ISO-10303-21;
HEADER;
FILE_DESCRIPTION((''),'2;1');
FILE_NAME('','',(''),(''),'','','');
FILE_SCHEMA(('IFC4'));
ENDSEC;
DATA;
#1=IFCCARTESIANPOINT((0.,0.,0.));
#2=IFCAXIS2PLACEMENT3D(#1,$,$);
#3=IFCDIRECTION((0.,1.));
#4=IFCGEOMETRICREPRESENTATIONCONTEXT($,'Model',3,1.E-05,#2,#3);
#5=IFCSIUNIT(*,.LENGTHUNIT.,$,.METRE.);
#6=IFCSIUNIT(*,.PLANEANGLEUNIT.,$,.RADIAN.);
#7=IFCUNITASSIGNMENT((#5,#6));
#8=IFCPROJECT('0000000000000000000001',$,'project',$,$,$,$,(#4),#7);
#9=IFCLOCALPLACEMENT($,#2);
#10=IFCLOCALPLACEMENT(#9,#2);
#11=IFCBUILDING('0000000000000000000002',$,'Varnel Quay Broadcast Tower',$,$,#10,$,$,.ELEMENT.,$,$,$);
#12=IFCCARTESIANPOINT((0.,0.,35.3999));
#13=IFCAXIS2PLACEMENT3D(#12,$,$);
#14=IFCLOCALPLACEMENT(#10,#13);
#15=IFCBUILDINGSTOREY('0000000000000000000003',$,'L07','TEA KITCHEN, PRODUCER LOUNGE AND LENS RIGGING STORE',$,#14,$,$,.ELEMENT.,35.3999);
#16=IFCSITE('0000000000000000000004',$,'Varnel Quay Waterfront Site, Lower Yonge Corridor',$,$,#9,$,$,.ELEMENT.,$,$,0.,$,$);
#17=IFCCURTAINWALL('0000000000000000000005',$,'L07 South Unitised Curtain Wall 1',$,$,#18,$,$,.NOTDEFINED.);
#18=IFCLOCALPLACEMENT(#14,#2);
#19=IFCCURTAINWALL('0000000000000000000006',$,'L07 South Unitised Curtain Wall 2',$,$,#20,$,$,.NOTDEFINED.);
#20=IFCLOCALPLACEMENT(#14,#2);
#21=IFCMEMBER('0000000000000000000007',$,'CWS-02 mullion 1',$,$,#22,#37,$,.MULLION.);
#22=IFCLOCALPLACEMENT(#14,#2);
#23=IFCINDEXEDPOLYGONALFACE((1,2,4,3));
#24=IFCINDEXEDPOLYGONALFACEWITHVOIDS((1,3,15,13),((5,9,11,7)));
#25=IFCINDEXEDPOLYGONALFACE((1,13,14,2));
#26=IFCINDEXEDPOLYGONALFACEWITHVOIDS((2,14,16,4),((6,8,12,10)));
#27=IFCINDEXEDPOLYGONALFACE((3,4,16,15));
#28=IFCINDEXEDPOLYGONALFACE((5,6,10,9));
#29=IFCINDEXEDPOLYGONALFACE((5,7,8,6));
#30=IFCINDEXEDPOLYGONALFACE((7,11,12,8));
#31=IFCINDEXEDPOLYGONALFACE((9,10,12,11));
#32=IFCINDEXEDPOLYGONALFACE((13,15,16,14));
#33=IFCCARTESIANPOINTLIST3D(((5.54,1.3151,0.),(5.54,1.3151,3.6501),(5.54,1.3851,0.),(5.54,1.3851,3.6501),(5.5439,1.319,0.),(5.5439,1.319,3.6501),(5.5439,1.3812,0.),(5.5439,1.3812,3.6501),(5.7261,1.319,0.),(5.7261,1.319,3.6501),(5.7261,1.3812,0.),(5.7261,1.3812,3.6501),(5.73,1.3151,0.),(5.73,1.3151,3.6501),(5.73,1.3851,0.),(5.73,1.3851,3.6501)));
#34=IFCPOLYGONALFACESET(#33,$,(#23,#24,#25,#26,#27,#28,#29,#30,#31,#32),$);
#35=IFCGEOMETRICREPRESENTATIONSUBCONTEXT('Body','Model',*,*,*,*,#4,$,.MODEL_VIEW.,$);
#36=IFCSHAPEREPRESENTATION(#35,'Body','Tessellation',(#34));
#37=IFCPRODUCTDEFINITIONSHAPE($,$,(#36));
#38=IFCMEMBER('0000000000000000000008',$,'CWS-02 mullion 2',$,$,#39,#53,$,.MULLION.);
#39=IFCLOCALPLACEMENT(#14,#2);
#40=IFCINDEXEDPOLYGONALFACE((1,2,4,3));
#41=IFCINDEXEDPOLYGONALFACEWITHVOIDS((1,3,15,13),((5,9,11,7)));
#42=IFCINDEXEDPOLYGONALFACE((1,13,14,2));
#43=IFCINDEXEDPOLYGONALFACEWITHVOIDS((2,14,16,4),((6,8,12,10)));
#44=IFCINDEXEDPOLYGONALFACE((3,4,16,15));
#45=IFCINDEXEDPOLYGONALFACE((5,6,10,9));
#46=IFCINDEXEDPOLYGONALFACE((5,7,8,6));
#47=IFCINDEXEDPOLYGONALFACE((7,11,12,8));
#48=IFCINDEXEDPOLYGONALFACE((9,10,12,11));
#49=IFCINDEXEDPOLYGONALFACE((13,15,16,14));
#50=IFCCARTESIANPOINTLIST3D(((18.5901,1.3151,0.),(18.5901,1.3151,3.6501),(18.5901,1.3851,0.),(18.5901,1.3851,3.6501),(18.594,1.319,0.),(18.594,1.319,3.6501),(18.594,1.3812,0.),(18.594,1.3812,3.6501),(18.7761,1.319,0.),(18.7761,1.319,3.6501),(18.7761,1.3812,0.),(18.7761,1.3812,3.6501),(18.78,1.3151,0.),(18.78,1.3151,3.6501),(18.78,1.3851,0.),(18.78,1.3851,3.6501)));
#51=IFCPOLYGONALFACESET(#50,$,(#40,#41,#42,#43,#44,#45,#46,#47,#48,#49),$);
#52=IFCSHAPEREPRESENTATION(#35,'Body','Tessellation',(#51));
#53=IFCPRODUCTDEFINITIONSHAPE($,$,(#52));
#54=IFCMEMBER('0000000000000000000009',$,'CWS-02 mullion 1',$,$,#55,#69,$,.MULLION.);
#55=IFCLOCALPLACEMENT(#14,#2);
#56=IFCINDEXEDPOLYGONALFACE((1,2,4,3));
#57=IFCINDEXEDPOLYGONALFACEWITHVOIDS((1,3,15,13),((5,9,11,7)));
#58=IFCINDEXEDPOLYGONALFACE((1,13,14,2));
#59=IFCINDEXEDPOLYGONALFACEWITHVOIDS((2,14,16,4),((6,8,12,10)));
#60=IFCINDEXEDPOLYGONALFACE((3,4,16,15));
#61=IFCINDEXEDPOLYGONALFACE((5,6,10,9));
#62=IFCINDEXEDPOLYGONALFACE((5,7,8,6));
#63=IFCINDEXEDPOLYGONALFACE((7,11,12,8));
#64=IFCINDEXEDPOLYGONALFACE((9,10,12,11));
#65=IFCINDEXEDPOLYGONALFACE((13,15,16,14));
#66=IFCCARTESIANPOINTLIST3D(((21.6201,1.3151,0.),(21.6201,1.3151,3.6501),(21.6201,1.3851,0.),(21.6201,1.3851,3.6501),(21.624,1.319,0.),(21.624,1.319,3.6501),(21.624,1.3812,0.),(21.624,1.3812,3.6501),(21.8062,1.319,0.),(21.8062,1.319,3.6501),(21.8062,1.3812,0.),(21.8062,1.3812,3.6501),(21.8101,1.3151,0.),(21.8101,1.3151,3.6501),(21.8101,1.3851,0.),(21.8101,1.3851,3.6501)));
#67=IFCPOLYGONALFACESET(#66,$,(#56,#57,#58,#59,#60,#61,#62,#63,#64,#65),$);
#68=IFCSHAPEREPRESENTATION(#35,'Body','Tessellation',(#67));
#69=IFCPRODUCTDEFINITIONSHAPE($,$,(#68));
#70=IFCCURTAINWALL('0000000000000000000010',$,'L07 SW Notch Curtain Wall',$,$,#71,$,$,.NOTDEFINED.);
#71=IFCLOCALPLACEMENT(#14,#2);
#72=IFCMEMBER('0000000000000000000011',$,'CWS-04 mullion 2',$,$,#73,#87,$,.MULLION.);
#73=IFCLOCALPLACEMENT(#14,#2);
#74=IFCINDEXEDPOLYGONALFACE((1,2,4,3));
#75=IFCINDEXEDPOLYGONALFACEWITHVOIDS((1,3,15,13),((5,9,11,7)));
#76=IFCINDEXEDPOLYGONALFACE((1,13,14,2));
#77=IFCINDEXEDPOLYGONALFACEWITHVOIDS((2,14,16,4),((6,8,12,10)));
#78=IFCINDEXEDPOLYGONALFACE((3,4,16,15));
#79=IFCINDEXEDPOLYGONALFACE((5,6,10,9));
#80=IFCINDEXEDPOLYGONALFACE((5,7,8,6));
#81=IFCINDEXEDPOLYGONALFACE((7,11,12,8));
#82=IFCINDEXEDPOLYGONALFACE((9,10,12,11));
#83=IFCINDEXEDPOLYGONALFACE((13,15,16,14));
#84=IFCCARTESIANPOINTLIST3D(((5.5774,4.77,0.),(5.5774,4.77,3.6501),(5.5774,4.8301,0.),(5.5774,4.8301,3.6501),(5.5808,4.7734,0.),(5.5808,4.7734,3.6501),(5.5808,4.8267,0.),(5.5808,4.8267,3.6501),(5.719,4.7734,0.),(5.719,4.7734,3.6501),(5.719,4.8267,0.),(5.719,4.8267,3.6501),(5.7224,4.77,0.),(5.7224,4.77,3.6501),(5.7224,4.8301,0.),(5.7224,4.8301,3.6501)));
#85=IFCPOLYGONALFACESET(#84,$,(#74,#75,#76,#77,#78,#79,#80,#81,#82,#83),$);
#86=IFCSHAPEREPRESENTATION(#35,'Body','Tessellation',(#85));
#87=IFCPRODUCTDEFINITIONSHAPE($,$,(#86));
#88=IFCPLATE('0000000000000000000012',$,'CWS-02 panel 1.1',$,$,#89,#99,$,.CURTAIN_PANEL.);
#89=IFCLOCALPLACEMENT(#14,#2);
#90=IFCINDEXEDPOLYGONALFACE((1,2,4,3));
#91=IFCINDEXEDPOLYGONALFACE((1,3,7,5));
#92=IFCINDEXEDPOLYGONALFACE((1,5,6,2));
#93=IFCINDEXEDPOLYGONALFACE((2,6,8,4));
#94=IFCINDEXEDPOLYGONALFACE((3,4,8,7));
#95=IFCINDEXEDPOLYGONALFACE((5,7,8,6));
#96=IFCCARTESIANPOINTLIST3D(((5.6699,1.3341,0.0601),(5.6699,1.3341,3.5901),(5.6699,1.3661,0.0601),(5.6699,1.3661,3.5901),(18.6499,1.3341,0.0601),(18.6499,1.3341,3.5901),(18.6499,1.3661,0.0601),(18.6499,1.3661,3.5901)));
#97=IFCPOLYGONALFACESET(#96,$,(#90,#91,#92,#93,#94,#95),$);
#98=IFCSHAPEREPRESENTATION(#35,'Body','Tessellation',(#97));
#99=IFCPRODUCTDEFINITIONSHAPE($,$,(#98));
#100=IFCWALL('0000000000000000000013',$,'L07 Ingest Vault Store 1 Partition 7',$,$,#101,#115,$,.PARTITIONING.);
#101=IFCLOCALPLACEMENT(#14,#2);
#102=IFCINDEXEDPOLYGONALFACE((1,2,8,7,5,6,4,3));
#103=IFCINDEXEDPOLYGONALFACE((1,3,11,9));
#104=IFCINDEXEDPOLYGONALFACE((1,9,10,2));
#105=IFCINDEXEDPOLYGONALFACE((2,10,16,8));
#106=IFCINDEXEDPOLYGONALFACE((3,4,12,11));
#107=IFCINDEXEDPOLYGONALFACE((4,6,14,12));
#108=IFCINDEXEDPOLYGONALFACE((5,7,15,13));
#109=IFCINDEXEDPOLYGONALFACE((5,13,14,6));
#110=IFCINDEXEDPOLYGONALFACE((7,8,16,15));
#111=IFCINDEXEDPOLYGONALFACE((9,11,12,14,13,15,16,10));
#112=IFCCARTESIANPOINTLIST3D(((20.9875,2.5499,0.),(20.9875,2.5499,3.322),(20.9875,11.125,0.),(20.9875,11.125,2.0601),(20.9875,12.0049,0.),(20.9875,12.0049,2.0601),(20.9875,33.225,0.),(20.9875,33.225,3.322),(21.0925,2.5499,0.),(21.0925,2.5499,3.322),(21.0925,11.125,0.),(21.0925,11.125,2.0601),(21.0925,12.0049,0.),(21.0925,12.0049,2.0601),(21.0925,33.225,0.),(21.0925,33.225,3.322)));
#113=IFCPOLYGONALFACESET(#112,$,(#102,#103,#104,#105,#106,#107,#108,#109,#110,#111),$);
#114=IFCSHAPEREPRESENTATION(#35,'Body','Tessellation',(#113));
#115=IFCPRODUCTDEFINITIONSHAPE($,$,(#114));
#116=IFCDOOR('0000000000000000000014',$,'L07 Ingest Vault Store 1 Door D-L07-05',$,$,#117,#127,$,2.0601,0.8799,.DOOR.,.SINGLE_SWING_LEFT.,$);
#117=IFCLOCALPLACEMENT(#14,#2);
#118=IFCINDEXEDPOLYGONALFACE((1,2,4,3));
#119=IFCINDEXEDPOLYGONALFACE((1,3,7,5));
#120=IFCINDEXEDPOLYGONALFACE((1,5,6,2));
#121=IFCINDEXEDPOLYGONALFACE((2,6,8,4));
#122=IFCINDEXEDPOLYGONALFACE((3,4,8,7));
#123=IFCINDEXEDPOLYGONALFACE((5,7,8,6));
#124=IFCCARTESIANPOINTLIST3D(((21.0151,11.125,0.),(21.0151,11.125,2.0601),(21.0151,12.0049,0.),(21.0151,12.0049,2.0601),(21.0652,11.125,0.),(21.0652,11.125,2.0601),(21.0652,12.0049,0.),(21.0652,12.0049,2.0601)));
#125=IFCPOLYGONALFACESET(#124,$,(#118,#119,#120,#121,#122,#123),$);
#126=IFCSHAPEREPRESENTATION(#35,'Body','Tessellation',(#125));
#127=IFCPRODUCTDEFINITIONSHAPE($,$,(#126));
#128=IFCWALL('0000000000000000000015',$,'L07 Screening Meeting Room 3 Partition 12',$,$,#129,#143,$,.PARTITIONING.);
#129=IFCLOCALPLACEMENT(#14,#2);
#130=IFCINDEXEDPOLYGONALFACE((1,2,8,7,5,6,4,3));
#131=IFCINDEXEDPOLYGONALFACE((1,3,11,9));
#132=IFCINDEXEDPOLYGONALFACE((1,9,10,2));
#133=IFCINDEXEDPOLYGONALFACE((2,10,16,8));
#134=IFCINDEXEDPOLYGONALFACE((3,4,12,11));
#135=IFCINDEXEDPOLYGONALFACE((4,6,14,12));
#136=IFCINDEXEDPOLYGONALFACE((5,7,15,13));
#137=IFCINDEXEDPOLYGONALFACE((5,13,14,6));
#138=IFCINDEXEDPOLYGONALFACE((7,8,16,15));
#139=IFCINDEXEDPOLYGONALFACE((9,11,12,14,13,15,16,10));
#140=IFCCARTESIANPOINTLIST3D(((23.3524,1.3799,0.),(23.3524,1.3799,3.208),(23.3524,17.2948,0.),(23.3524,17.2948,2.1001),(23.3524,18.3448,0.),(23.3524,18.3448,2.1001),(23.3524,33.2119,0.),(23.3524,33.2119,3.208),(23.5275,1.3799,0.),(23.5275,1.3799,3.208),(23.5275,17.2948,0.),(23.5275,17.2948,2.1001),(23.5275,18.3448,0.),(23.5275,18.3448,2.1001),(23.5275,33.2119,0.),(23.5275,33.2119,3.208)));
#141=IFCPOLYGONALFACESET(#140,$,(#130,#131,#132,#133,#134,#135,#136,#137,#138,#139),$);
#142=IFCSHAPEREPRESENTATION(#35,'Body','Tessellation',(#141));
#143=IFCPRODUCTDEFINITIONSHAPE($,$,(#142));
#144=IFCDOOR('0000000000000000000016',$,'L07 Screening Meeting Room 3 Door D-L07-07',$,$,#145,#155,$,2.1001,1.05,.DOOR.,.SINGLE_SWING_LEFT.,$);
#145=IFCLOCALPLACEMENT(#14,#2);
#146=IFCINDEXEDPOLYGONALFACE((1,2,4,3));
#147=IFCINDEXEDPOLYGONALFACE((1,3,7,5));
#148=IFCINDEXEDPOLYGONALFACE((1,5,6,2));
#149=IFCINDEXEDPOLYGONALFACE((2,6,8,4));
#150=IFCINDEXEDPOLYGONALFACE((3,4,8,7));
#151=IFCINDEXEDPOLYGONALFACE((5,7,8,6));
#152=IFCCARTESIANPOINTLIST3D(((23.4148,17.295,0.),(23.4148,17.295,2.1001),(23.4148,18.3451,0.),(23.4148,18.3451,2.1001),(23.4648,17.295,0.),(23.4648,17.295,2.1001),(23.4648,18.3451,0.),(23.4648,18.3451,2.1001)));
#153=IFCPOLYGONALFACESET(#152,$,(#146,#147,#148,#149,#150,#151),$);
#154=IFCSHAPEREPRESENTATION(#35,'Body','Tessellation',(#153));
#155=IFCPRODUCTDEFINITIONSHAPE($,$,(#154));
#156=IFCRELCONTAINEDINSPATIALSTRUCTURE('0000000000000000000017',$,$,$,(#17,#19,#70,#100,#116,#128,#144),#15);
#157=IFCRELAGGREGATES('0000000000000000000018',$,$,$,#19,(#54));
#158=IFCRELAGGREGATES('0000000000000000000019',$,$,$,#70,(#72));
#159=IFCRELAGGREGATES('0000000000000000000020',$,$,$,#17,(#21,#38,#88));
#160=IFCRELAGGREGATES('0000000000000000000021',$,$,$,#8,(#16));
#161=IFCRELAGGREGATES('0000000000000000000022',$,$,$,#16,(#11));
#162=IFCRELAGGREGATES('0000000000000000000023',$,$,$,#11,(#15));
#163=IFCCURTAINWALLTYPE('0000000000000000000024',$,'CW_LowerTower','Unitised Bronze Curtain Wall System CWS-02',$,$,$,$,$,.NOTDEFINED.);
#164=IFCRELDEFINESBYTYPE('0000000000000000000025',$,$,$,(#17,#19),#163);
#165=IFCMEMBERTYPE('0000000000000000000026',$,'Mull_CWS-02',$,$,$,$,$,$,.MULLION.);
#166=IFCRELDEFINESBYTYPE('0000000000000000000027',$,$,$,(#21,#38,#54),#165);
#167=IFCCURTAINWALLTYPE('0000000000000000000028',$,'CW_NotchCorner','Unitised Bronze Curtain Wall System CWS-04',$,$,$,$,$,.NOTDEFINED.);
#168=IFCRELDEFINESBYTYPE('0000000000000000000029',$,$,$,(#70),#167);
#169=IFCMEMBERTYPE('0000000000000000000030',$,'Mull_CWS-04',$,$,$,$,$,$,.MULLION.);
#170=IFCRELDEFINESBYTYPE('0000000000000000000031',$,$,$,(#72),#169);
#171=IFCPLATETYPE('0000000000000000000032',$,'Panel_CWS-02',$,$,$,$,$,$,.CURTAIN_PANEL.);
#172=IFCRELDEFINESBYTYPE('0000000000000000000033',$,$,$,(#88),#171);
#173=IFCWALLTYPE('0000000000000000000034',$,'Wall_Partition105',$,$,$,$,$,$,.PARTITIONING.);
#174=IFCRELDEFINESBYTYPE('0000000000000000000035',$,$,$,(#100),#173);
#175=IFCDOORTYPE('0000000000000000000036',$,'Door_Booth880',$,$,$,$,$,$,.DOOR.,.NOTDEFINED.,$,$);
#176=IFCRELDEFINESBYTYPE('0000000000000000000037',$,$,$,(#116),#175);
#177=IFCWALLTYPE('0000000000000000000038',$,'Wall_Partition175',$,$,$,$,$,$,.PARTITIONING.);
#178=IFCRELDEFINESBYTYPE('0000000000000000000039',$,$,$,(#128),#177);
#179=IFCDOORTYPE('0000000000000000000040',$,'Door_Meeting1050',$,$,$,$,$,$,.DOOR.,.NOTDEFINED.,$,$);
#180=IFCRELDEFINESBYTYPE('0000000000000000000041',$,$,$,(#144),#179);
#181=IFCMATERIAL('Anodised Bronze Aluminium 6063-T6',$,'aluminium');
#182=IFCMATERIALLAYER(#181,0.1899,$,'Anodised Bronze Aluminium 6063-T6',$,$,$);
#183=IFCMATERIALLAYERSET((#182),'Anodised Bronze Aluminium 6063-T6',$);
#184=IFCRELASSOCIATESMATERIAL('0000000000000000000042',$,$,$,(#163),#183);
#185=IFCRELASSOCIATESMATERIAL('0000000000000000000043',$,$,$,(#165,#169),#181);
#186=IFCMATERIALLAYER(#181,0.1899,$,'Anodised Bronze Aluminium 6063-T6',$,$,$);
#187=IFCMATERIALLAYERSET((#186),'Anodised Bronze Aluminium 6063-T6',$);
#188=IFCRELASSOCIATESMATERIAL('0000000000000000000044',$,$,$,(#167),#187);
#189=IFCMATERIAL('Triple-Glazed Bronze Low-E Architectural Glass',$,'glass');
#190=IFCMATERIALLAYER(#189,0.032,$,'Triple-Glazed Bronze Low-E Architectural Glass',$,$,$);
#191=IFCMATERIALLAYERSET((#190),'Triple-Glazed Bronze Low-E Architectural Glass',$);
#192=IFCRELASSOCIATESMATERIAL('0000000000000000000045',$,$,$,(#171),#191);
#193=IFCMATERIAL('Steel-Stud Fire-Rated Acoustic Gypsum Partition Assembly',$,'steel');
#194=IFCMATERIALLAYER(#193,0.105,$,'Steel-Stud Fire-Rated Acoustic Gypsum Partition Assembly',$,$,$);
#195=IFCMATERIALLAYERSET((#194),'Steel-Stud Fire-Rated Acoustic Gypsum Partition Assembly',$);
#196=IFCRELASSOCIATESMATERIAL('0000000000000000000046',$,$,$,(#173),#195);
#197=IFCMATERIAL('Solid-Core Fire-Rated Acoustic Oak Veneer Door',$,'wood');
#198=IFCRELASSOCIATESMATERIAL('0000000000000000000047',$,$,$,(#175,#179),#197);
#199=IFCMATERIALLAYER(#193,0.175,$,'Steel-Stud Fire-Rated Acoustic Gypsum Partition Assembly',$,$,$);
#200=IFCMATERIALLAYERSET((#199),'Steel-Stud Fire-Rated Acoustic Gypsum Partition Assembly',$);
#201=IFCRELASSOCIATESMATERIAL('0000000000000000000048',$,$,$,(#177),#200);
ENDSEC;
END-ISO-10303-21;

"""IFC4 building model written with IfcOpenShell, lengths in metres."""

from ifc_helpers import new_model, si_unit, direction, frame, frame_2d, origin, origin_2d, place, context, subcontext, project, spatial, rectangle, hollow_rectangle, extrude, source, transform, mapped, material, layer, layer_set, material_profile, profile_set, type_object, type_shapes, element, fill, aggregate, save


model = new_model("IFC4")

# Units and contexts
model_context = context("Model", 3, precision=1e-05, world=origin(), true_north=direction((0.0, 1.0)))
body_context = subcontext(model_context, "Body", "Model", "MODEL_VIEW")
ifc_project = project(units=[si_unit("LENGTHUNIT", "METRE"), si_unit("PLANEANGLEUNIT", "RADIAN")], contexts=[model_context])

# Site, building, storey
site_placement = place(None, origin())
site = spatial("IfcSite", under=ifc_project, at=site_placement, Name="Varnel Quay Waterfront Site, Lower Yonge Corridor", CompositionType="ELEMENT", RefElevation=0.0)
building_placement = place(site_placement, origin())
building = spatial("IfcBuilding", under=site, at=building_placement, Name="Varnel Quay Broadcast Tower", CompositionType="ELEMENT")
storey_placement = place(building_placement, frame((0.0, 0.0, 35.3999)))
storey = spatial("IfcBuildingStorey", under=building, at=storey_placement, Name="L07", Description="TEA KITCHEN, PRODUCER LOUNGE AND LENS RIGGING STORE", CompositionType="ELEMENT", Elevation=35.3999)

# Curtain walls
ifc_material_1 = material(Name="Anodised Bronze Aluminium 6063-T6", Category="aluminium")
ifc_layer_1 = layer(ifc_material_1, 0.1899, Name="Anodised Bronze Aluminium 6063-T6")
ifc_layer_set_1 = layer_set([ifc_layer_1], Name="Anodised Bronze Aluminium 6063-T6")
curtain_wall_type_1 = type_object("IfcCurtainWallType", Name="CW_LowerTower", Description="Unitised Bronze Curtain Wall System CWS-02", PredefinedType="NOTDEFINED", material=ifc_layer_set_1)
curtain_wall_1_placement = place(storey_placement, origin())
curtain_wall_1 = element("IfcCurtainWall", 1, at=curtain_wall_1_placement, inside=storey, type_object=curtain_wall_type_1, Name="L07 South Unitised Curtain Wall 1", PredefinedType="NOTDEFINED")
curtain_wall_2_placement = place(storey_placement, origin())
curtain_wall_2 = element("IfcCurtainWall", 2, at=curtain_wall_2_placement, inside=storey, type_object=curtain_wall_type_1, Name="L07 South Unitised Curtain Wall 2", PredefinedType="NOTDEFINED")

# Members
ifc_material_profile_1 = material_profile(ifc_material_1, hollow_rectangle(XDim=0.0701, YDim=0.1899, WallThickness=0.0039, at=origin_2d()), Name="ALU70X190X4")
ifc_profile_set_1 = profile_set([ifc_material_profile_1], Name="Anodised Bronze Aluminium 6063-T6")
member_type_1 = type_object("IfcMemberType", Name="Mull_CWS-02", PredefinedType="MULLION", material=ifc_profile_set_1)
shared_shape_1 = source(origin(), body_context, "Body", "SweptSolid", [
    extrude(hollow_rectangle(XDim=0.0701, YDim=0.1899, WallThickness=0.0039, at=origin_2d()), origin(), (0.0, 0.0, 1.0), 3.6501),
])
type_shapes(member_type_1, [shared_shape_1])
member_1_placement = place(storey_placement, frame((5.635, 1.3501, 0.0), z_axis=(0.0, 0.0, 1.0), x_axis=(0.0, 1.0, 0.0)))
member_1 = element("IfcMember", 3, at=member_1_placement, type_object=member_type_1, Name="CWS-02 mullion 1", PredefinedType="MULLION", context=body_context, shape_type="MappedRepresentation", body=[
    mapped(shared_shape_1, transform((0.0, 0.0, 0.0), x_axis=(1.0, 0.0, 0.0), y_axis=(0.0, 1.0, 0.0), z_axis=(0.0, 0.0, 1.0), scale=1.0)),
])
member_2_placement = place(storey_placement, frame((18.6851, 1.3501, 0.0), z_axis=(0.0, 0.0, 1.0), x_axis=(0.0, 1.0, 0.0)))
member_2 = element("IfcMember", 4, at=member_2_placement, type_object=member_type_1, Name="CWS-02 mullion 2", PredefinedType="MULLION", context=body_context, shape_type="MappedRepresentation", body=[
    mapped(shared_shape_1, transform((0.0, 0.0, 0.0), x_axis=(1.0, 0.0, 0.0), y_axis=(0.0, 1.0, 0.0), z_axis=(0.0, 0.0, 1.0), scale=1.0)),
])
member_3_placement = place(storey_placement, frame((21.7151, 1.3501, 0.0), z_axis=(0.0, 0.0, 1.0), x_axis=(0.0, 1.0, 0.0)))
member_3 = element("IfcMember", 5, at=member_3_placement, type_object=member_type_1, Name="CWS-02 mullion 1", PredefinedType="MULLION", context=body_context, shape_type="MappedRepresentation", body=[
    mapped(shared_shape_1, transform((0.0, 0.0, 0.0), x_axis=(1.0, 0.0, 0.0), y_axis=(0.0, 1.0, 0.0), z_axis=(0.0, 0.0, 1.0), scale=1.0)),
])
aggregate(curtain_wall_2, [member_3])

# Curtain wall, member
ifc_layer_2 = layer(ifc_material_1, 0.1899, Name="Anodised Bronze Aluminium 6063-T6")
ifc_layer_set_2 = layer_set([ifc_layer_2], Name="Anodised Bronze Aluminium 6063-T6")
curtain_wall_type_2 = type_object("IfcCurtainWallType", Name="CW_NotchCorner", Description="Unitised Bronze Curtain Wall System CWS-04", PredefinedType="NOTDEFINED", material=ifc_layer_set_2)
curtain_wall_3_placement = place(storey_placement, origin())
curtain_wall_3 = element("IfcCurtainWall", 6, at=curtain_wall_3_placement, inside=storey, type_object=curtain_wall_type_2, Name="L07 SW Notch Curtain Wall", PredefinedType="NOTDEFINED")
ifc_material_profile_2 = material_profile(ifc_material_1, hollow_rectangle(XDim=0.0601, YDim=0.145, WallThickness=0.0034, at=origin_2d()), Name="ALU60X145X3.5")
ifc_profile_set_2 = profile_set([ifc_material_profile_2], Name="Anodised Bronze Aluminium 6063-T6")
member_type_2 = type_object("IfcMemberType", Name="Mull_CWS-04", PredefinedType="MULLION", material=ifc_profile_set_2)
shared_shape_2 = source(origin(), body_context, "Body", "SweptSolid", [
    extrude(hollow_rectangle(XDim=0.0601, YDim=0.145, WallThickness=0.0034, at=origin_2d()), origin(), (0.0, 0.0, 1.0), 3.6501),
])
type_shapes(member_type_2, [shared_shape_2])
member_4_placement = place(storey_placement, frame((5.6499, 4.8, 0.0), z_axis=(0.0, 0.0, 1.0), x_axis=(0.0, 1.0, 0.0)))
member_4 = element("IfcMember", 7, at=member_4_placement, type_object=member_type_2, Name="CWS-04 mullion 2", PredefinedType="MULLION", context=body_context, shape_type="MappedRepresentation", body=[
    mapped(shared_shape_2, transform((0.0, 0.0, 0.0), x_axis=(1.0, 0.0, 0.0), y_axis=(0.0, 1.0, 0.0), z_axis=(0.0, 0.0, 1.0), scale=1.0)),
])
aggregate(curtain_wall_3, [member_4])

# Plate
ifc_material_2 = material(Name="Triple-Glazed Bronze Low-E Architectural Glass", Category="glass")
ifc_layer_3 = layer(ifc_material_2, 0.032, Name="Triple-Glazed Bronze Low-E Architectural Glass")
ifc_layer_set_3 = layer_set([ifc_layer_3], Name="Triple-Glazed Bronze Low-E Architectural Glass")
plate_type = type_object("IfcPlateType", Name="Panel_CWS-02", PredefinedType="CURTAIN_PANEL", material=ifc_layer_set_3)
shared_shape_3 = source(origin(), body_context, "Body", "SweptSolid", [
    extrude(rectangle(XDim=12.98, YDim=0.032, at=origin_2d()), origin(), (0.0, 0.0, 1.0), 3.53),
])
type_shapes(plate_type, [shared_shape_3])
plate_placement = place(storey_placement, frame((12.1599, 1.3501, 0.0601), z_axis=(0.0, 0.0, 1.0), x_axis=(1.0, 0.0, 0.0)))
plate = element("IfcPlate", 8, at=plate_placement, type_object=plate_type, Name="CWS-02 panel 1.1", PredefinedType="CURTAIN_PANEL", context=body_context, shape_type="MappedRepresentation", body=[
    mapped(shared_shape_3, transform((0.0, 0.0, 0.0), x_axis=(1.0, 0.0, 0.0), y_axis=(0.0, 1.0, 0.0), z_axis=(0.0, 0.0, 1.0), scale=1.0)),
])
aggregate(curtain_wall_1, [member_1, member_2, plate])

# Walls, openings, doors
ifc_material_3 = material(Name="Steel-Stud Fire-Rated Acoustic Gypsum Partition Assembly", Category="steel")
ifc_layer_4 = layer(ifc_material_3, 0.105, Name="Steel-Stud Fire-Rated Acoustic Gypsum Partition Assembly")
ifc_layer_set_4 = layer_set([ifc_layer_4], Name="Steel-Stud Fire-Rated Acoustic Gypsum Partition Assembly")
wall_type_1 = type_object("IfcWallType", Name="Wall_Partition105", PredefinedType="PARTITIONING", material=ifc_layer_set_4)
wall_1_placement = place(storey_placement, frame((21.04, 2.55, 0.0), z_axis=(0.0, 0.0, 1.0), x_axis=(0.0, 1.0, 0.0)))
wall_1 = element("IfcWall", 9, at=wall_1_placement, inside=storey, type_object=wall_type_1, Name="L07 Ingest Vault Store 1 Partition 7", PredefinedType="PARTITIONING", context=body_context, shape_type="SweptSolid", body=[
    extrude(rectangle(XDim=30.675, YDim=0.105, at=frame_2d((15.3374, 0.0))), origin(), (0.0, 0.0, 1.0), 3.322),
])
opening_1_placement = place(wall_1_placement, frame((8.575, 0.0, 0.0)))
opening_1 = element("IfcOpeningElement", 10, at=opening_1_placement, cuts=wall_1, PredefinedType="OPENING", context=body_context, shape_type="SweptSolid", body=[
    extrude(rectangle(XDim=0.8799, YDim=2.0601, at=frame_2d((0.4399, 1.03))), frame((0.0, 0.0625, 0.0), z_axis=(0.0, -1.0, 0.0), x_axis=(1.0, 0.0, 0.0)), (0.0, 0.0, 1.0), 0.125),
])
ifc_material_4 = material(Name="Solid-Core Fire-Rated Acoustic Oak Veneer Door", Category="wood")
door_type_1 = type_object("IfcDoorType", Name="Door_Booth880", OperationType="NOTDEFINED", PredefinedType="DOOR", material=ifc_material_4)
shared_shape_4 = source(origin(), body_context, "Body", "SweptSolid", [
    extrude(rectangle(XDim=0.8799, YDim=2.0601, at=frame_2d((0.4399, 1.03))), frame((0.0, 0.0249, 0.0), z_axis=(0.0, -1.0, 0.0), x_axis=(1.0, 0.0, 0.0)), (0.0, 0.0, 1.0), 0.05),
])
type_shapes(door_type_1, [shared_shape_4])
door_1_placement = place(opening_1_placement, origin())
door_1 = element("IfcDoor", 11, at=door_1_placement, inside=storey, type_object=door_type_1, Name="L07 Ingest Vault Store 1 Door D-L07-05", OperationType="SINGLE_SWING_LEFT", OverallHeight=2.0601, OverallWidth=0.8799, PredefinedType="DOOR", context=body_context, shape_type="MappedRepresentation", body=[
    mapped(shared_shape_4, transform((0.0, 0.0, 0.0), x_axis=(1.0, 0.0, 0.0), y_axis=(0.0, 1.0, 0.0), z_axis=(0.0, 0.0, 1.0), scale=1.0)),
])
fill(opening_1, door_1)
ifc_layer_5 = layer(ifc_material_3, 0.175, Name="Steel-Stud Fire-Rated Acoustic Gypsum Partition Assembly")
ifc_layer_set_5 = layer_set([ifc_layer_5], Name="Steel-Stud Fire-Rated Acoustic Gypsum Partition Assembly")
wall_type_2 = type_object("IfcWallType", Name="Wall_Partition175", PredefinedType="PARTITIONING", material=ifc_layer_set_5)
wall_2_placement = place(storey_placement, frame((23.4399, 1.3799, 0.0), z_axis=(0.0, 0.0, 1.0), x_axis=(0.0, 1.0, 0.0)))
wall_2 = element("IfcWall", 12, at=wall_2_placement, inside=storey, type_object=wall_type_2, Name="L07 Screening Meeting Room 3 Partition 12", PredefinedType="PARTITIONING", context=body_context, shape_type="SweptSolid", body=[
    extrude(rectangle(XDim=31.832, YDim=0.175, at=frame_2d((15.916, 0.0))), origin(), (0.0, 0.0, 1.0), 3.208),
])
opening_2_placement = place(wall_2_placement, frame((15.915, 0.0, 0.0)))
opening_2 = element("IfcOpeningElement", 13, at=opening_2_placement, cuts=wall_2, PredefinedType="OPENING", context=body_context, shape_type="SweptSolid", body=[
    extrude(rectangle(XDim=1.05, YDim=2.1001, at=frame_2d((0.5249, 1.05))), frame((0.0, 0.0977, 0.0), z_axis=(0.0, -1.0, 0.0), x_axis=(1.0, 0.0, 0.0)), (0.0, 0.0, 1.0), 0.1951),
])
door_type_2 = type_object("IfcDoorType", Name="Door_Meeting1050", OperationType="NOTDEFINED", PredefinedType="DOOR", material=ifc_material_4)
shared_shape_5 = source(origin(), body_context, "Body", "SweptSolid", [
    extrude(rectangle(XDim=1.05, YDim=2.1001, at=frame_2d((0.5249, 1.05))), frame((0.0, 0.0249, 0.0), z_axis=(0.0, -1.0, 0.0), x_axis=(1.0, 0.0, 0.0)), (0.0, 0.0, 1.0), 0.05),
])
type_shapes(door_type_2, [shared_shape_5])
door_2_placement = place(opening_2_placement, frame((1.05, 0.0, 0.0), z_axis=(0.0, 0.0, 1.0), x_axis=(-1.0, 0.0, 0.0)))
door_2 = element("IfcDoor", 14, at=door_2_placement, inside=storey, type_object=door_type_2, Name="L07 Screening Meeting Room 3 Door D-L07-07", OperationType="SINGLE_SWING_LEFT", OverallHeight=2.1001, OverallWidth=1.05, PredefinedType="DOOR", context=body_context, shape_type="MappedRepresentation", body=[
    mapped(shared_shape_5, transform((0.0, 0.0, 0.0), x_axis=(1.0, 0.0, 0.0), y_axis=(0.0, 1.0, 0.0), z_axis=(0.0, 0.0, 1.0), scale=1.0)),
])
fill(opening_2, door_2)

save(model, "model.ifc")
